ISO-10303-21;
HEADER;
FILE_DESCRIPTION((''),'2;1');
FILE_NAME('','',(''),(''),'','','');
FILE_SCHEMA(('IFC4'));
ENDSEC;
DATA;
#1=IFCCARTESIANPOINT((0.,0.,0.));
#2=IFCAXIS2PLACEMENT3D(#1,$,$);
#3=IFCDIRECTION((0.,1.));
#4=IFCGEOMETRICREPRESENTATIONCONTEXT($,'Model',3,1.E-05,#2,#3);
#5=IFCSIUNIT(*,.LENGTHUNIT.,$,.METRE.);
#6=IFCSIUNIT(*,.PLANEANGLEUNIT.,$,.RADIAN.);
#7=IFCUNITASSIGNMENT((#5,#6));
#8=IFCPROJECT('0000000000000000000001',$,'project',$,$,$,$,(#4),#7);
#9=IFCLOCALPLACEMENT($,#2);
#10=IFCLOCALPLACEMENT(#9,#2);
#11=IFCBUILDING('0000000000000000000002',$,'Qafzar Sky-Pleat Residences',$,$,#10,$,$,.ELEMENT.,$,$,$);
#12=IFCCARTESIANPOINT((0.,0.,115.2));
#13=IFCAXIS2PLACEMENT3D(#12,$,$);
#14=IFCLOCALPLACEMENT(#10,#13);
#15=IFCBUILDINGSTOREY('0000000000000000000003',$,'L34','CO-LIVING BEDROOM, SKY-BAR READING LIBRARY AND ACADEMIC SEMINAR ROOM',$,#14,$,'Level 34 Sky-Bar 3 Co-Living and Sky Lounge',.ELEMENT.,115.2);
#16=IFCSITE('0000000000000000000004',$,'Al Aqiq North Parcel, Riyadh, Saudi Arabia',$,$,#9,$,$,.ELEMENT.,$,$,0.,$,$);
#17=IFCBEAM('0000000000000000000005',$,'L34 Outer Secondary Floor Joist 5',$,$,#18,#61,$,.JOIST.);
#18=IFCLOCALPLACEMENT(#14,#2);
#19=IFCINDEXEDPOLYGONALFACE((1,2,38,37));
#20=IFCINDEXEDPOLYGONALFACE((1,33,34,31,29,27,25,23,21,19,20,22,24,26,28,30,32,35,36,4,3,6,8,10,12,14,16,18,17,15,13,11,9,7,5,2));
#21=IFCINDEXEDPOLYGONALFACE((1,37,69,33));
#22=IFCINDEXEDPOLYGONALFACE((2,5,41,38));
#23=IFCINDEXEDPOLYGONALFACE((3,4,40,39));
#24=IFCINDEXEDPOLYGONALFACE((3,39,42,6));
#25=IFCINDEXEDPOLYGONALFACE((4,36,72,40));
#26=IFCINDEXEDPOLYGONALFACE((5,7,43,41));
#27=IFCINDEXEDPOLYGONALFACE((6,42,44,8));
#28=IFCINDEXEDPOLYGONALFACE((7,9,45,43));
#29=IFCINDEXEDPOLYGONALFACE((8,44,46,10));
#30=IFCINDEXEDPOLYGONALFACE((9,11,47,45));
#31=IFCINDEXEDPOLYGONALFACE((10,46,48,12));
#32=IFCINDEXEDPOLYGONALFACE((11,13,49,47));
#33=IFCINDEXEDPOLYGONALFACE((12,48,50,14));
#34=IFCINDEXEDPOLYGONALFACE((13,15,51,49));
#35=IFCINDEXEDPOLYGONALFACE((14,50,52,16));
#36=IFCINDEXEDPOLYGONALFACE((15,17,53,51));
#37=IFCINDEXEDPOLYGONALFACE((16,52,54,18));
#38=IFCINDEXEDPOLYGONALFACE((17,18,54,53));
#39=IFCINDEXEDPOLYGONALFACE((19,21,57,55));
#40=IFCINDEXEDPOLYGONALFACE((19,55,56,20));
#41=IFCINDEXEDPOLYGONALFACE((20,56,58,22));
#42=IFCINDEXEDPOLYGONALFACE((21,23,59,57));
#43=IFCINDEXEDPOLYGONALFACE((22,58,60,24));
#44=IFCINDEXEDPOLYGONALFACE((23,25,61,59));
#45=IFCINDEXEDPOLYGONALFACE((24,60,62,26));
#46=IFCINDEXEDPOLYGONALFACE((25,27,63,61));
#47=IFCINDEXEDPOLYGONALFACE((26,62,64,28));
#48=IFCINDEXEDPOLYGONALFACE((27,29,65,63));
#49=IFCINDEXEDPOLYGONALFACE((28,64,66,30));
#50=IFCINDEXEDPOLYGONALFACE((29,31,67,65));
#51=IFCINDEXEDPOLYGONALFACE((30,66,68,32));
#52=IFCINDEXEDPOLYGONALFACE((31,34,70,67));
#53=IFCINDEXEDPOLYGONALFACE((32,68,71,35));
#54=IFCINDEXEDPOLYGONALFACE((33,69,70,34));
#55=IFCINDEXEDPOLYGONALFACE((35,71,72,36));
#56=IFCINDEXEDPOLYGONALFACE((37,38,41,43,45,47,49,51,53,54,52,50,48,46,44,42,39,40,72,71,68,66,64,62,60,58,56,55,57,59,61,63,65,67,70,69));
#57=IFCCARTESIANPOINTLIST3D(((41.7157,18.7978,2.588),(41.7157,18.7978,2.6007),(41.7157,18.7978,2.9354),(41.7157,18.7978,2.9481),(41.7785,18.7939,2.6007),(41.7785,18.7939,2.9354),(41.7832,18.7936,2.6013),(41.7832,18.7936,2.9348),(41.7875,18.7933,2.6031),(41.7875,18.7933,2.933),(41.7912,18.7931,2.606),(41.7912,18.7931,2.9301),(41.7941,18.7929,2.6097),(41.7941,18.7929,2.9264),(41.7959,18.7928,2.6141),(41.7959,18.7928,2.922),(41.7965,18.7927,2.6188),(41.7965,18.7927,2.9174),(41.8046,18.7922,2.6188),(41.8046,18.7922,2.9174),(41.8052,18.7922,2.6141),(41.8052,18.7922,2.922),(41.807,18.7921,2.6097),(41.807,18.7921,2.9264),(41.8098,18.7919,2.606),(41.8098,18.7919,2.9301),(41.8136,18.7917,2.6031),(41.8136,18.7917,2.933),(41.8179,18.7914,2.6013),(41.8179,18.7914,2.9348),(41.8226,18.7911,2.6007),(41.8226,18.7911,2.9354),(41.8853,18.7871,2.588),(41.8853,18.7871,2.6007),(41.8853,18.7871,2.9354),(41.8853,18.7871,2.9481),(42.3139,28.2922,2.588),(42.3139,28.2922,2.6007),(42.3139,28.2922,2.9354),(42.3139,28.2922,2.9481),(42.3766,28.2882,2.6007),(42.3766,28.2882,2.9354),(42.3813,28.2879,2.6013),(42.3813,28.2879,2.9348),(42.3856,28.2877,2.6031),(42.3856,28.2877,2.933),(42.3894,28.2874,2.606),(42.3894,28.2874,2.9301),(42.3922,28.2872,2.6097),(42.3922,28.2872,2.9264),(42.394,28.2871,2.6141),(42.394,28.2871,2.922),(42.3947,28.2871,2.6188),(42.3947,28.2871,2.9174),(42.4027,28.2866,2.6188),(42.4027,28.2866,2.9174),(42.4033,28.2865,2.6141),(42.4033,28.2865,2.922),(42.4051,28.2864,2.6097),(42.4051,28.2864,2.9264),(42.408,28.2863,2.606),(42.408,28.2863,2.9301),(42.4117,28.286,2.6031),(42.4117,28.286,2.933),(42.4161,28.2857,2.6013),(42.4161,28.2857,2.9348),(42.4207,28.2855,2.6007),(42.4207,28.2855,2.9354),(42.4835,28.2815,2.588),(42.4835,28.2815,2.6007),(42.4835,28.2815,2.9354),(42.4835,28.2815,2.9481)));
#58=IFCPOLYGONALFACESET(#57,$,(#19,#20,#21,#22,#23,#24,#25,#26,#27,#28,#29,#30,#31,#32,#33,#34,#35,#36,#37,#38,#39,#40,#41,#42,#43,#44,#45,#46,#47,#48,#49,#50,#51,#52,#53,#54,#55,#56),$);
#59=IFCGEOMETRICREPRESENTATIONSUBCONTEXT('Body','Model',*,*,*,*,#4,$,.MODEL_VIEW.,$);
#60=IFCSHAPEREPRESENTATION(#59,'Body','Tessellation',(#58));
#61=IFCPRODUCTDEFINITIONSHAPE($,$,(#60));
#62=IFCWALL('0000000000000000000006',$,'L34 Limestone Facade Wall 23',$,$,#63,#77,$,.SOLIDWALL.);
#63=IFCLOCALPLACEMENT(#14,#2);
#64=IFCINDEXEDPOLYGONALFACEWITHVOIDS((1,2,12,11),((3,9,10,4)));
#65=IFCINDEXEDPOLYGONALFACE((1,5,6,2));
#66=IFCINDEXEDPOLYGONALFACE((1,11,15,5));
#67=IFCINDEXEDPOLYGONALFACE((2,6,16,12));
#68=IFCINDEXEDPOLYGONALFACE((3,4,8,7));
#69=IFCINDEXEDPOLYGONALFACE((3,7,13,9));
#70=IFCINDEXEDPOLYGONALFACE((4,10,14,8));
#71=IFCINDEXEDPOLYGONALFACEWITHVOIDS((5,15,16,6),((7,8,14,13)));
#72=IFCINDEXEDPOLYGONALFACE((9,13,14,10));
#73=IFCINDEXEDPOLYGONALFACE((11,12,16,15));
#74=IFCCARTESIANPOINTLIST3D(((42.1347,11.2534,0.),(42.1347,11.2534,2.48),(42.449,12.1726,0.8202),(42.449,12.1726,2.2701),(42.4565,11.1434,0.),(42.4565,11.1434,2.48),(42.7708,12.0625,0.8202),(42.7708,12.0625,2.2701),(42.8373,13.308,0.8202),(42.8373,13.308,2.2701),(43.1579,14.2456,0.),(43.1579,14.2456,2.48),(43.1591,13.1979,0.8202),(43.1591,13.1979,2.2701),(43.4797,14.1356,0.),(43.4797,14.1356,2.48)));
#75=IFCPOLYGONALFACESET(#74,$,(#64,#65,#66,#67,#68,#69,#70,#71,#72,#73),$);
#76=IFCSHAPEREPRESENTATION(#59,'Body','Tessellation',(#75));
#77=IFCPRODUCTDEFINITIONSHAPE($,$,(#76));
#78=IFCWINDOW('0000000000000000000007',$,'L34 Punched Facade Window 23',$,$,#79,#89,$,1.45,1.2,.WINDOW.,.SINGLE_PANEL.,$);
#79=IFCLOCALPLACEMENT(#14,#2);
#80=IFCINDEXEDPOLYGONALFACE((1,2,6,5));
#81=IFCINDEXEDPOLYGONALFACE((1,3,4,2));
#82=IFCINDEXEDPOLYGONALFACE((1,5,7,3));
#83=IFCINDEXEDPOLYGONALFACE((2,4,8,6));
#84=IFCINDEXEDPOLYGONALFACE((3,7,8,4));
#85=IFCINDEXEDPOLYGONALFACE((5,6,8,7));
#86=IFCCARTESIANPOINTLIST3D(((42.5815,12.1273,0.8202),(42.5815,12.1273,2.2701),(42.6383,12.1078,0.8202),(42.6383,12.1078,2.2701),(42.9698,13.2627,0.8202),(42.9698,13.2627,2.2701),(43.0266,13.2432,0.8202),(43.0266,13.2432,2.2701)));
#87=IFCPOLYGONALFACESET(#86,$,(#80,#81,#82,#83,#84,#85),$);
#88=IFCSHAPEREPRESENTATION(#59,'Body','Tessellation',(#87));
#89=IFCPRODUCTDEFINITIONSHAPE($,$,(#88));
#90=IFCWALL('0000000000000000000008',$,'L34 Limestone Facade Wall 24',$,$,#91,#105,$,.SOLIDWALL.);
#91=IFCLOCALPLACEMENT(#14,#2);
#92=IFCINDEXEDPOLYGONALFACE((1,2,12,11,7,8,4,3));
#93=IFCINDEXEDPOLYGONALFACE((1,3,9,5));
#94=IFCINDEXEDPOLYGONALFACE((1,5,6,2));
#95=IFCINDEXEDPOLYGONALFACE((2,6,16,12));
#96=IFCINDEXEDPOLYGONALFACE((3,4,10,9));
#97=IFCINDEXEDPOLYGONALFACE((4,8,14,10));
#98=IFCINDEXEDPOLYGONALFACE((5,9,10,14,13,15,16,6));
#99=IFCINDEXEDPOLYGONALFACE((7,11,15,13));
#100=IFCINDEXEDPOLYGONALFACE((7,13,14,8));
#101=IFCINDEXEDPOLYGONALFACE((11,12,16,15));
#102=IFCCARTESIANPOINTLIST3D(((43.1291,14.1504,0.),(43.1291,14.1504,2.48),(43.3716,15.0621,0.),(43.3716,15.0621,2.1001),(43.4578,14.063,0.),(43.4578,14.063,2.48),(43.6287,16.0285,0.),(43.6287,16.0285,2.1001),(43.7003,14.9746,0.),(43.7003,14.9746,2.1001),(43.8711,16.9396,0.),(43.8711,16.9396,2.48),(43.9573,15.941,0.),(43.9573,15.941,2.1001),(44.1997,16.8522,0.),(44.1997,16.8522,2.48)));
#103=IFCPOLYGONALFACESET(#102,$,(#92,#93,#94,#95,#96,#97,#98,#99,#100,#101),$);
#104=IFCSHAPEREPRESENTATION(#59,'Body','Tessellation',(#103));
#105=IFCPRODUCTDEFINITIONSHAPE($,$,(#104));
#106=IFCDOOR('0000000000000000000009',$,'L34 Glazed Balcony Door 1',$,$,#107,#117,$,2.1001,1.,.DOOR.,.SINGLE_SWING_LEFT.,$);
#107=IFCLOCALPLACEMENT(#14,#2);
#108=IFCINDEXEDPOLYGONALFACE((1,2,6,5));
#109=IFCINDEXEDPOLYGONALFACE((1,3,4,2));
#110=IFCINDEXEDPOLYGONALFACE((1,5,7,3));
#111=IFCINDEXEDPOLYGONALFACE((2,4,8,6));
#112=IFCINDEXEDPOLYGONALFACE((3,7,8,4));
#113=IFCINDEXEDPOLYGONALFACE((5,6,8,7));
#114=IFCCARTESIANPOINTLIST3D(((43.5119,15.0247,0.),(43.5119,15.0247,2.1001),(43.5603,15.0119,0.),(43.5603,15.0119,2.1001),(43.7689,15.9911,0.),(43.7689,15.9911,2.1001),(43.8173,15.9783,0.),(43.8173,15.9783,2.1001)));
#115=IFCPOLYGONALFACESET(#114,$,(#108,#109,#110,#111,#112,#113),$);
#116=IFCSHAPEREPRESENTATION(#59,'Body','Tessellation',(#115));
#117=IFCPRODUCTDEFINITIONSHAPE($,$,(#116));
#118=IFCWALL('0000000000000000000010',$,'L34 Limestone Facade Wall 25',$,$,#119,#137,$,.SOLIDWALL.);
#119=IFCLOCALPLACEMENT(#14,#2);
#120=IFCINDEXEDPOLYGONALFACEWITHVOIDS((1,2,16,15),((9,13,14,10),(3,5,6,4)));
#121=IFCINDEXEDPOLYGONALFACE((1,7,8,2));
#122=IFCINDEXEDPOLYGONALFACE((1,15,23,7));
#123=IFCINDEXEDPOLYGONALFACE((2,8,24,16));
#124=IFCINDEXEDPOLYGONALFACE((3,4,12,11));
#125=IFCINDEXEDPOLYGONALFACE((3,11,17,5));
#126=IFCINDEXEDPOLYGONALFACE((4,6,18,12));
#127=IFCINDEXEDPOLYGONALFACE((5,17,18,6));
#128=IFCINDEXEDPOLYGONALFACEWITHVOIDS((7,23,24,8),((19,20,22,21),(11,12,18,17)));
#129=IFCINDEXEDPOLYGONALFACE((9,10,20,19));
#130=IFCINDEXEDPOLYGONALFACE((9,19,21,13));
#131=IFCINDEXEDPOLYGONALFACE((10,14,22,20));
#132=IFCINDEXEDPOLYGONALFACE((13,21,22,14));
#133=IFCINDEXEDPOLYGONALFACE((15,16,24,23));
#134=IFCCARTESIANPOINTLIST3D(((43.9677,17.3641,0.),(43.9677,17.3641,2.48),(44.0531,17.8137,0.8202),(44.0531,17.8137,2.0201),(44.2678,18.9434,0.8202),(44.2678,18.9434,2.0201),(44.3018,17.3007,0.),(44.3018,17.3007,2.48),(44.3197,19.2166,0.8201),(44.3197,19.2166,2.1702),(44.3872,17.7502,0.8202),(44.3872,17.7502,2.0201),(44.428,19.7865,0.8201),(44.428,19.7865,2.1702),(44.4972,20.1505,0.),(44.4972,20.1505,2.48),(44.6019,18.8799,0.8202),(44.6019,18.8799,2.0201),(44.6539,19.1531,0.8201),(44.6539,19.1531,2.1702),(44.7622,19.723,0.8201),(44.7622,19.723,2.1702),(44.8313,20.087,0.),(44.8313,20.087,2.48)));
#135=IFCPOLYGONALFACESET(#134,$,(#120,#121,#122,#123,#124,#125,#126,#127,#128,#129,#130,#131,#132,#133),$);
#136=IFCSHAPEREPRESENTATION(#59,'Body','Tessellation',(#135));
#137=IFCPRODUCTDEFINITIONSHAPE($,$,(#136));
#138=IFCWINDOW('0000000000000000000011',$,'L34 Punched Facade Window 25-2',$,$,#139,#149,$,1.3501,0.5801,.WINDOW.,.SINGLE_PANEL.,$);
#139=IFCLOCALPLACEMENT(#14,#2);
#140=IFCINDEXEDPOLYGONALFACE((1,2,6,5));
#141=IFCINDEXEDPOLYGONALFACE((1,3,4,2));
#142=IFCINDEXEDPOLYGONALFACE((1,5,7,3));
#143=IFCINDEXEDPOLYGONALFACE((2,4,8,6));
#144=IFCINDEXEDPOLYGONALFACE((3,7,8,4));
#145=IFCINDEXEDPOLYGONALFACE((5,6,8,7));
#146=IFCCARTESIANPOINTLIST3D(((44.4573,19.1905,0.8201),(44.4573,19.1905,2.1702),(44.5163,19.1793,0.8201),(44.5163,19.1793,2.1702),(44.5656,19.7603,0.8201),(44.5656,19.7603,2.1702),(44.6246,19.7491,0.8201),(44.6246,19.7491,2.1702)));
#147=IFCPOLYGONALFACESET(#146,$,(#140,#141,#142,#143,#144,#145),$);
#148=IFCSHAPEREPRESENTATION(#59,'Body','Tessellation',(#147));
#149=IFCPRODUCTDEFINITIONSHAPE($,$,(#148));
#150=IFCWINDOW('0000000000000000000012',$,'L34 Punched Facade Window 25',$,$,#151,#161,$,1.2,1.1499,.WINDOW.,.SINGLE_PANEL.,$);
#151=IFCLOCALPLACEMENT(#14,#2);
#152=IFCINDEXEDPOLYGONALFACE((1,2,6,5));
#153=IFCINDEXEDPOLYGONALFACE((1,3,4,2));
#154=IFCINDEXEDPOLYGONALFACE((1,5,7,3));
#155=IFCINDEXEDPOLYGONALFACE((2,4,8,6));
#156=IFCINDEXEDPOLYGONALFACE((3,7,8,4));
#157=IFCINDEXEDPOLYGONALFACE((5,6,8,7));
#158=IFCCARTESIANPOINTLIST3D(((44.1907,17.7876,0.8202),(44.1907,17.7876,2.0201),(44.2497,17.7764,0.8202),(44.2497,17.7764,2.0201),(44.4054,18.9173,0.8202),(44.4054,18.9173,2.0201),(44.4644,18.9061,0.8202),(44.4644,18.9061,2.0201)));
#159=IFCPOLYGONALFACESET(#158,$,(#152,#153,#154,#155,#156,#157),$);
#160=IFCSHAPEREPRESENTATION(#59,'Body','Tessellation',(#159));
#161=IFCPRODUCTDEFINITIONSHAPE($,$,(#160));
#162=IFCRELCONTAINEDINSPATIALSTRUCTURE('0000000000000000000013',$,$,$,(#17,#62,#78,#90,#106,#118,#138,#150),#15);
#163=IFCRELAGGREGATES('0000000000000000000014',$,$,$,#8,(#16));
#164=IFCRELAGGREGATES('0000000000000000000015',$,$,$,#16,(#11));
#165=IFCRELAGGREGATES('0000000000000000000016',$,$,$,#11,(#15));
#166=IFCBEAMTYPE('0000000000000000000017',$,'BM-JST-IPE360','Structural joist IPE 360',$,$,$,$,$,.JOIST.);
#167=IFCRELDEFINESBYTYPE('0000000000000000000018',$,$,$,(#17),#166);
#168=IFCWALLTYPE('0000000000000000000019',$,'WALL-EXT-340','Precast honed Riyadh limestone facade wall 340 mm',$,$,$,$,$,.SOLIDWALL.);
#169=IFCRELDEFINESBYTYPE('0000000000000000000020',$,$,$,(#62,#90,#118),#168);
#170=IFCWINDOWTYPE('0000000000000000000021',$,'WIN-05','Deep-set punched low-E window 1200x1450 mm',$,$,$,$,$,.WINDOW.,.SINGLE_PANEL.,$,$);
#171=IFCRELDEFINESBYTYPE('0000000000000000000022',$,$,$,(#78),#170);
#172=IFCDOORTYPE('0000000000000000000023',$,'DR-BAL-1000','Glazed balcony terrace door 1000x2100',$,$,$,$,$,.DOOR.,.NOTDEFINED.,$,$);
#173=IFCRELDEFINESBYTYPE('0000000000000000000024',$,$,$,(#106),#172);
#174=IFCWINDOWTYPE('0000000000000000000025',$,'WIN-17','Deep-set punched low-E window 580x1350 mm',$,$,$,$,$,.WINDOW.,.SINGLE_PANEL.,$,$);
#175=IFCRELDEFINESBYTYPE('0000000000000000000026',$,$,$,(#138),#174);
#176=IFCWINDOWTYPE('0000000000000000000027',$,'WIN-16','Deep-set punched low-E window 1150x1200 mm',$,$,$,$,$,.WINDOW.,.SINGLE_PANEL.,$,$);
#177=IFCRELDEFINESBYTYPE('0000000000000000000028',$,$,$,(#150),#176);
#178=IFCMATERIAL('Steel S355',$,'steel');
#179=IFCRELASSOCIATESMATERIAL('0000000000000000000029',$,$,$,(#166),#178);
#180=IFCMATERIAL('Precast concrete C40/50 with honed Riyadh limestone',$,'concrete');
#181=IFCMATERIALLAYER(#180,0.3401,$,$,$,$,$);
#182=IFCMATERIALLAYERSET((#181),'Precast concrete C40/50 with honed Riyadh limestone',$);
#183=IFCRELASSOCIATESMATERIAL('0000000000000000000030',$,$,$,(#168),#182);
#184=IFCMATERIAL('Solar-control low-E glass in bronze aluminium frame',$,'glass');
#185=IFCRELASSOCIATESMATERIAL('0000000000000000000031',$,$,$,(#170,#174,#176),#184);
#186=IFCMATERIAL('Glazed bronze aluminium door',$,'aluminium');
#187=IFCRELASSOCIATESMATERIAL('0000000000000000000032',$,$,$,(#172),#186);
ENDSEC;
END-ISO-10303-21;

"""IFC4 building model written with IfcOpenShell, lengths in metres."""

from ifc_helpers import new_model, si_unit, direction, frame, frame_2d, origin, origin_2d, place, context, subcontext, project, spatial, rectangle, i_section, extrude, source, transform, mapped, material, layer, layer_set, material_profile, profile_set, type_object, element, fill, save


model = new_model("IFC4")

# Units and contexts
model_context = context("Model", 3, precision=1e-05, world=origin(), true_north=direction((0.0, 1.0)))
body_context = subcontext(model_context, "Body", "Model", "MODEL_VIEW")
ifc_project = project(units=[si_unit("LENGTHUNIT", "METRE"), si_unit("PLANEANGLEUNIT", "RADIAN")], contexts=[model_context])

# Site, building, storey
site_placement = place(None, origin())
site = spatial("IfcSite", under=ifc_project, at=site_placement, Name="Al Aqiq North Parcel, Riyadh, Saudi Arabia", CompositionType="ELEMENT", RefElevation=0.0)
building_placement = place(site_placement, origin())
building = spatial("IfcBuilding", under=site, at=building_placement, Name="Qafzar Sky-Pleat Residences", CompositionType="ELEMENT")
storey_placement = place(building_placement, frame((0.0, 0.0, 115.2)))
storey = spatial("IfcBuildingStorey", under=building, at=storey_placement, Name="L34", Description="CO-LIVING BEDROOM, SKY-BAR READING LIBRARY AND ACADEMIC SEMINAR ROOM", LongName="Level 34 Sky-Bar 3 Co-Living and Sky Lounge", CompositionType="ELEMENT", Elevation=115.2)

# Beam
ifc_material_1 = material(Name="Steel S355", Category="steel")
ifc_material_profile_1 = material_profile(ifc_material_1, i_section(OverallWidth=0.1699, OverallDepth=0.3601, WebThickness=0.0081, FlangeThickness=0.0127, FilletRadius=0.0181, at=origin_2d()), Name="IPE 360")
ifc_profile_set_1 = profile_set([ifc_material_profile_1], Name="Steel S355")
beam_type_1 = type_object("IfcBeamType", Name="BM-JST-IPE360", Description="Structural joist IPE 360", PredefinedType="JOIST", material=ifc_profile_set_1)
shared_shape_1 = source(origin(), body_context, "Body", "SweptSolid", [
    extrude(i_section(OverallWidth=0.1699, OverallDepth=0.3601, WebThickness=0.0081, FlangeThickness=0.0127, FilletRadius=0.0181, at=origin_2d()), origin(), (0.0, 0.0, 1.0), 9.5132),
])
beam_1_placement = place(storey_placement, frame((41.8005, 18.7925, 2.7681), z_axis=(0.062875, 0.998021, 0.0), x_axis=(-0.998021, 0.062875, 0.0)))
element("IfcBeam", 1, at=beam_1_placement, inside=storey, type_object=beam_type_1, Name="L34 Outer Secondary Floor Joist 5", PredefinedType="JOIST", context=body_context, shape_type="MappedRepresentation", body=[
    mapped(shared_shape_1, transform((0.0, 0.0, 0.0), x_axis=(1.0, 0.0, 0.0), y_axis=(0.0, 1.0, 0.0), z_axis=(0.0, 0.0, 1.0), scale=1.0)),
])

# Wall, opening, window
ifc_material_2 = material(Name="Precast concrete C40/50 with honed Riyadh limestone", Category="concrete")
ifc_layer_1 = layer(ifc_material_2, 0.3401)
ifc_layer_set_1 = layer_set([ifc_layer_1], Name="Precast concrete C40/50 with honed Riyadh limestone")
wall_type = type_object("IfcWallType", Name="WALL-EXT-340", Description="Precast honed Riyadh limestone facade wall 340 mm", PredefinedType="SOLIDWALL", material=ifc_layer_set_1)
wall_1_placement = place(storey_placement, frame((42.2957, 11.1985, 0.0), z_axis=(0.0, 0.0, 1.0), x_axis=(0.32356, 0.946208, 0.0)))
wall_1 = element("IfcWall", 2, at=wall_1_placement, inside=storey, type_object=wall_type, Name="L34 Limestone Facade Wall 23", PredefinedType="SOLIDWALL", context=body_context, shape_type="SweptSolid", body=[
    extrude(rectangle(XDim=3.1624, YDim=0.3401, at=frame_2d((1.5811, 0.0))), origin(), (0.0, 0.0, 1.0), 2.48),
])
opening_1_placement = place(wall_1_placement, frame((0.9712, 0.0, 0.8201)))
opening_1 = element("IfcOpeningElement", 3, at=opening_1_placement, cuts=wall_1, PredefinedType="OPENING", context=body_context, shape_type="SweptSolid", body=[
    extrude(rectangle(XDim=1.2, YDim=1.45, at=frame_2d((0.6001, 0.7251))), frame((0.0, 0.1802, 0.0), z_axis=(0.0, -1.0, 0.0), x_axis=(1.0, 0.0, 0.0)), (0.0, 0.0, 1.0), 0.3601),
])
ifc_material_3 = material(Name="Solar-control low-E glass in bronze aluminium frame", Category="glass")
window_type_1 = type_object("IfcWindowType", Name="WIN-05", Description="Deep-set punched low-E window 1200x1450 mm", PartitioningType="SINGLE_PANEL", PredefinedType="WINDOW", material=ifc_material_3)
shared_shape_2 = source(origin(), body_context, "Body", "SweptSolid", [
    extrude(rectangle(XDim=1.2, YDim=1.45, at=frame_2d((0.6001, 0.7251))), frame((0.0, 0.03, 0.0), z_axis=(0.0, -1.0, 0.0), x_axis=(1.0, 0.0, 0.0)), (0.0, 0.0, 1.0), 0.0601),
])
window_1_placement = place(opening_1_placement, origin())
window_1 = element("IfcWindow", 4, at=window_1_placement, inside=storey, type_object=window_type_1, Name="L34 Punched Facade Window 23", OverallHeight=1.45, OverallWidth=1.2, PartitioningType="SINGLE_PANEL", PredefinedType="WINDOW", context=body_context, shape_type="MappedRepresentation", body=[
    mapped(shared_shape_2, transform((0.0, 0.0, 0.0), x_axis=(1.0, 0.0, 0.0), y_axis=(0.0, 1.0, 0.0), z_axis=(0.0, 0.0, 1.0), scale=1.0)),
])
fill(opening_1, window_1)

# Wall, opening, door
wall_2_placement = place(storey_placement, frame((43.2935, 14.1067, 0.0), z_axis=(0.0, 0.0, 1.0), x_axis=(0.257057, 0.966396, 0.0)))
wall_2 = element("IfcWall", 5, at=wall_2_placement, inside=storey, type_object=wall_type, Name="L34 Limestone Facade Wall 24", PredefinedType="SOLIDWALL", context=body_context, shape_type="SweptSolid", body=[
    extrude(rectangle(XDim=2.8862, YDim=0.3401, at=frame_2d((1.4431, 0.0))), origin(), (0.0, 0.0, 1.0), 2.48),
])
opening_2_placement = place(wall_2_placement, frame((0.9434, 0.0, 0.0)))
opening_2 = element("IfcOpeningElement", 6, at=opening_2_placement, cuts=wall_2, PredefinedType="OPENING", context=body_context, shape_type="SweptSolid", body=[
    extrude(rectangle(XDim=1.0, YDim=2.1001, at=frame_2d((0.5, 1.05))), frame((0.0, 0.1802, 0.0), z_axis=(0.0, -1.0, 0.0), x_axis=(1.0, 0.0, 0.0)), (0.0, 0.0, 1.0), 0.3601),
])
ifc_material_4 = material(Name="Glazed bronze aluminium door", Category="aluminium")
door_type = type_object("IfcDoorType", Name="DR-BAL-1000", Description="Glazed balcony terrace door 1000x2100", OperationType="NOTDEFINED", PredefinedType="DOOR", material=ifc_material_4)
shared_shape_3 = source(origin(), body_context, "Body", "SweptSolid", [
    extrude(rectangle(XDim=1.0, YDim=2.1001, at=frame_2d((0.5, 1.05))), frame((0.0, 0.0249, 0.0), z_axis=(0.0, -1.0, 0.0), x_axis=(1.0, 0.0, 0.0)), (0.0, 0.0, 1.0), 0.05),
])
door_placement = place(opening_2_placement, origin())
door = element("IfcDoor", 7, at=door_placement, inside=storey, type_object=door_type, Name="L34 Glazed Balcony Door 1", OperationType="SINGLE_SWING_LEFT", OverallHeight=2.1001, OverallWidth=1.0, PredefinedType="DOOR", context=body_context, shape_type="MappedRepresentation", body=[
    mapped(shared_shape_3, transform((0.0, 0.0, 0.0), x_axis=(1.0, 0.0, 0.0), y_axis=(0.0, 1.0, 0.0), z_axis=(0.0, 0.0, 1.0), scale=1.0)),
])
fill(opening_2, door)

# Wall, openings, windows
wall_3_placement = place(storey_placement, frame((44.1348, 17.3325, 0.0), z_axis=(0.0, 0.0, 1.0), x_axis=(0.186705, 0.982416, 0.0)))
wall_3 = element("IfcWall", 8, at=wall_3_placement, inside=storey, type_object=wall_type, Name="L34 Limestone Facade Wall 25", PredefinedType="SOLIDWALL", context=body_context, shape_type="SweptSolid", body=[
    extrude(rectangle(XDim=2.8362, YDim=0.3401, at=frame_2d((1.418, 0.0))), origin(), (0.0, 0.0, 1.0), 2.48),
])
opening_3_placement = place(wall_3_placement, frame((0.4575, 0.0, 0.8201)))
opening_3 = element("IfcOpeningElement", 9, at=opening_3_placement, cuts=wall_3, PredefinedType="OPENING", context=body_context, shape_type="SweptSolid", body=[
    extrude(rectangle(XDim=1.1499, YDim=1.2, at=frame_2d((0.575, 0.6001))), frame((0.0, 0.1802, 0.0), z_axis=(0.0, -1.0, 0.0), x_axis=(1.0, 0.0, 0.0)), (0.0, 0.0, 1.0), 0.3601),
])
opening_4_placement = place(wall_3_placement, frame((1.8855, 0.0, 0.8201)))
opening_4 = element("IfcOpeningElement", 10, at=opening_4_placement, cuts=wall_3, PredefinedType="OPENING", context=body_context, shape_type="SweptSolid", body=[
    extrude(rectangle(XDim=0.5801, YDim=1.3501, at=frame_2d((0.29, 0.675))), frame((0.0, 0.1802, 0.0), z_axis=(0.0, -1.0, 0.0), x_axis=(1.0, 0.0, 0.0)), (0.0, 0.0, 1.0), 0.3601),
])
window_type_2 = type_object("IfcWindowType", Name="WIN-17", Description="Deep-set punched low-E window 580x1350 mm", PartitioningType="SINGLE_PANEL", PredefinedType="WINDOW", material=ifc_material_3)
shared_shape_4 = source(origin(), body_context, "Body", "SweptSolid", [
    extrude(rectangle(XDim=0.5801, YDim=1.3501, at=frame_2d((0.29, 0.675))), frame((0.0, 0.03, 0.0), z_axis=(0.0, -1.0, 0.0), x_axis=(1.0, 0.0, 0.0)), (0.0, 0.0, 1.0), 0.0601),
])
window_2_placement = place(opening_4_placement, origin())
window_2 = element("IfcWindow", 11, at=window_2_placement, inside=storey, type_object=window_type_2, Name="L34 Punched Facade Window 25-2", OverallHeight=1.3501, OverallWidth=0.5801, PartitioningType="SINGLE_PANEL", PredefinedType="WINDOW", context=body_context, shape_type="MappedRepresentation", body=[
    mapped(shared_shape_4, transform((0.0, 0.0, 0.0), x_axis=(1.0, 0.0, 0.0), y_axis=(0.0, 1.0, 0.0), z_axis=(0.0, 0.0, 1.0), scale=1.0)),
])
fill(opening_4, window_2)
window_type_3 = type_object("IfcWindowType", Name="WIN-16", Description="Deep-set punched low-E window 1150x1200 mm", PartitioningType="SINGLE_PANEL", PredefinedType="WINDOW", material=ifc_material_3)
shared_shape_5 = source(origin(), body_context, "Body", "SweptSolid", [
    extrude(rectangle(XDim=1.1499, YDim=1.2, at=frame_2d((0.575, 0.6001))), frame((0.0, 0.03, 0.0), z_axis=(0.0, -1.0, 0.0), x_axis=(1.0, 0.0, 0.0)), (0.0, 0.0, 1.0), 0.0601),
])
window_3_placement = place(opening_3_placement, origin())
window_3 = element("IfcWindow", 12, at=window_3_placement, inside=storey, type_object=window_type_3, Name="L34 Punched Facade Window 25", OverallHeight=1.2, OverallWidth=1.1499, PartitioningType="SINGLE_PANEL", PredefinedType="WINDOW", context=body_context, shape_type="MappedRepresentation", body=[
    mapped(shared_shape_5, transform((0.0, 0.0, 0.0), x_axis=(1.0, 0.0, 0.0), y_axis=(0.0, 1.0, 0.0), z_axis=(0.0, 0.0, 1.0), scale=1.0)),
])
fill(opening_3, window_3)

save(model, "model.ifc")
